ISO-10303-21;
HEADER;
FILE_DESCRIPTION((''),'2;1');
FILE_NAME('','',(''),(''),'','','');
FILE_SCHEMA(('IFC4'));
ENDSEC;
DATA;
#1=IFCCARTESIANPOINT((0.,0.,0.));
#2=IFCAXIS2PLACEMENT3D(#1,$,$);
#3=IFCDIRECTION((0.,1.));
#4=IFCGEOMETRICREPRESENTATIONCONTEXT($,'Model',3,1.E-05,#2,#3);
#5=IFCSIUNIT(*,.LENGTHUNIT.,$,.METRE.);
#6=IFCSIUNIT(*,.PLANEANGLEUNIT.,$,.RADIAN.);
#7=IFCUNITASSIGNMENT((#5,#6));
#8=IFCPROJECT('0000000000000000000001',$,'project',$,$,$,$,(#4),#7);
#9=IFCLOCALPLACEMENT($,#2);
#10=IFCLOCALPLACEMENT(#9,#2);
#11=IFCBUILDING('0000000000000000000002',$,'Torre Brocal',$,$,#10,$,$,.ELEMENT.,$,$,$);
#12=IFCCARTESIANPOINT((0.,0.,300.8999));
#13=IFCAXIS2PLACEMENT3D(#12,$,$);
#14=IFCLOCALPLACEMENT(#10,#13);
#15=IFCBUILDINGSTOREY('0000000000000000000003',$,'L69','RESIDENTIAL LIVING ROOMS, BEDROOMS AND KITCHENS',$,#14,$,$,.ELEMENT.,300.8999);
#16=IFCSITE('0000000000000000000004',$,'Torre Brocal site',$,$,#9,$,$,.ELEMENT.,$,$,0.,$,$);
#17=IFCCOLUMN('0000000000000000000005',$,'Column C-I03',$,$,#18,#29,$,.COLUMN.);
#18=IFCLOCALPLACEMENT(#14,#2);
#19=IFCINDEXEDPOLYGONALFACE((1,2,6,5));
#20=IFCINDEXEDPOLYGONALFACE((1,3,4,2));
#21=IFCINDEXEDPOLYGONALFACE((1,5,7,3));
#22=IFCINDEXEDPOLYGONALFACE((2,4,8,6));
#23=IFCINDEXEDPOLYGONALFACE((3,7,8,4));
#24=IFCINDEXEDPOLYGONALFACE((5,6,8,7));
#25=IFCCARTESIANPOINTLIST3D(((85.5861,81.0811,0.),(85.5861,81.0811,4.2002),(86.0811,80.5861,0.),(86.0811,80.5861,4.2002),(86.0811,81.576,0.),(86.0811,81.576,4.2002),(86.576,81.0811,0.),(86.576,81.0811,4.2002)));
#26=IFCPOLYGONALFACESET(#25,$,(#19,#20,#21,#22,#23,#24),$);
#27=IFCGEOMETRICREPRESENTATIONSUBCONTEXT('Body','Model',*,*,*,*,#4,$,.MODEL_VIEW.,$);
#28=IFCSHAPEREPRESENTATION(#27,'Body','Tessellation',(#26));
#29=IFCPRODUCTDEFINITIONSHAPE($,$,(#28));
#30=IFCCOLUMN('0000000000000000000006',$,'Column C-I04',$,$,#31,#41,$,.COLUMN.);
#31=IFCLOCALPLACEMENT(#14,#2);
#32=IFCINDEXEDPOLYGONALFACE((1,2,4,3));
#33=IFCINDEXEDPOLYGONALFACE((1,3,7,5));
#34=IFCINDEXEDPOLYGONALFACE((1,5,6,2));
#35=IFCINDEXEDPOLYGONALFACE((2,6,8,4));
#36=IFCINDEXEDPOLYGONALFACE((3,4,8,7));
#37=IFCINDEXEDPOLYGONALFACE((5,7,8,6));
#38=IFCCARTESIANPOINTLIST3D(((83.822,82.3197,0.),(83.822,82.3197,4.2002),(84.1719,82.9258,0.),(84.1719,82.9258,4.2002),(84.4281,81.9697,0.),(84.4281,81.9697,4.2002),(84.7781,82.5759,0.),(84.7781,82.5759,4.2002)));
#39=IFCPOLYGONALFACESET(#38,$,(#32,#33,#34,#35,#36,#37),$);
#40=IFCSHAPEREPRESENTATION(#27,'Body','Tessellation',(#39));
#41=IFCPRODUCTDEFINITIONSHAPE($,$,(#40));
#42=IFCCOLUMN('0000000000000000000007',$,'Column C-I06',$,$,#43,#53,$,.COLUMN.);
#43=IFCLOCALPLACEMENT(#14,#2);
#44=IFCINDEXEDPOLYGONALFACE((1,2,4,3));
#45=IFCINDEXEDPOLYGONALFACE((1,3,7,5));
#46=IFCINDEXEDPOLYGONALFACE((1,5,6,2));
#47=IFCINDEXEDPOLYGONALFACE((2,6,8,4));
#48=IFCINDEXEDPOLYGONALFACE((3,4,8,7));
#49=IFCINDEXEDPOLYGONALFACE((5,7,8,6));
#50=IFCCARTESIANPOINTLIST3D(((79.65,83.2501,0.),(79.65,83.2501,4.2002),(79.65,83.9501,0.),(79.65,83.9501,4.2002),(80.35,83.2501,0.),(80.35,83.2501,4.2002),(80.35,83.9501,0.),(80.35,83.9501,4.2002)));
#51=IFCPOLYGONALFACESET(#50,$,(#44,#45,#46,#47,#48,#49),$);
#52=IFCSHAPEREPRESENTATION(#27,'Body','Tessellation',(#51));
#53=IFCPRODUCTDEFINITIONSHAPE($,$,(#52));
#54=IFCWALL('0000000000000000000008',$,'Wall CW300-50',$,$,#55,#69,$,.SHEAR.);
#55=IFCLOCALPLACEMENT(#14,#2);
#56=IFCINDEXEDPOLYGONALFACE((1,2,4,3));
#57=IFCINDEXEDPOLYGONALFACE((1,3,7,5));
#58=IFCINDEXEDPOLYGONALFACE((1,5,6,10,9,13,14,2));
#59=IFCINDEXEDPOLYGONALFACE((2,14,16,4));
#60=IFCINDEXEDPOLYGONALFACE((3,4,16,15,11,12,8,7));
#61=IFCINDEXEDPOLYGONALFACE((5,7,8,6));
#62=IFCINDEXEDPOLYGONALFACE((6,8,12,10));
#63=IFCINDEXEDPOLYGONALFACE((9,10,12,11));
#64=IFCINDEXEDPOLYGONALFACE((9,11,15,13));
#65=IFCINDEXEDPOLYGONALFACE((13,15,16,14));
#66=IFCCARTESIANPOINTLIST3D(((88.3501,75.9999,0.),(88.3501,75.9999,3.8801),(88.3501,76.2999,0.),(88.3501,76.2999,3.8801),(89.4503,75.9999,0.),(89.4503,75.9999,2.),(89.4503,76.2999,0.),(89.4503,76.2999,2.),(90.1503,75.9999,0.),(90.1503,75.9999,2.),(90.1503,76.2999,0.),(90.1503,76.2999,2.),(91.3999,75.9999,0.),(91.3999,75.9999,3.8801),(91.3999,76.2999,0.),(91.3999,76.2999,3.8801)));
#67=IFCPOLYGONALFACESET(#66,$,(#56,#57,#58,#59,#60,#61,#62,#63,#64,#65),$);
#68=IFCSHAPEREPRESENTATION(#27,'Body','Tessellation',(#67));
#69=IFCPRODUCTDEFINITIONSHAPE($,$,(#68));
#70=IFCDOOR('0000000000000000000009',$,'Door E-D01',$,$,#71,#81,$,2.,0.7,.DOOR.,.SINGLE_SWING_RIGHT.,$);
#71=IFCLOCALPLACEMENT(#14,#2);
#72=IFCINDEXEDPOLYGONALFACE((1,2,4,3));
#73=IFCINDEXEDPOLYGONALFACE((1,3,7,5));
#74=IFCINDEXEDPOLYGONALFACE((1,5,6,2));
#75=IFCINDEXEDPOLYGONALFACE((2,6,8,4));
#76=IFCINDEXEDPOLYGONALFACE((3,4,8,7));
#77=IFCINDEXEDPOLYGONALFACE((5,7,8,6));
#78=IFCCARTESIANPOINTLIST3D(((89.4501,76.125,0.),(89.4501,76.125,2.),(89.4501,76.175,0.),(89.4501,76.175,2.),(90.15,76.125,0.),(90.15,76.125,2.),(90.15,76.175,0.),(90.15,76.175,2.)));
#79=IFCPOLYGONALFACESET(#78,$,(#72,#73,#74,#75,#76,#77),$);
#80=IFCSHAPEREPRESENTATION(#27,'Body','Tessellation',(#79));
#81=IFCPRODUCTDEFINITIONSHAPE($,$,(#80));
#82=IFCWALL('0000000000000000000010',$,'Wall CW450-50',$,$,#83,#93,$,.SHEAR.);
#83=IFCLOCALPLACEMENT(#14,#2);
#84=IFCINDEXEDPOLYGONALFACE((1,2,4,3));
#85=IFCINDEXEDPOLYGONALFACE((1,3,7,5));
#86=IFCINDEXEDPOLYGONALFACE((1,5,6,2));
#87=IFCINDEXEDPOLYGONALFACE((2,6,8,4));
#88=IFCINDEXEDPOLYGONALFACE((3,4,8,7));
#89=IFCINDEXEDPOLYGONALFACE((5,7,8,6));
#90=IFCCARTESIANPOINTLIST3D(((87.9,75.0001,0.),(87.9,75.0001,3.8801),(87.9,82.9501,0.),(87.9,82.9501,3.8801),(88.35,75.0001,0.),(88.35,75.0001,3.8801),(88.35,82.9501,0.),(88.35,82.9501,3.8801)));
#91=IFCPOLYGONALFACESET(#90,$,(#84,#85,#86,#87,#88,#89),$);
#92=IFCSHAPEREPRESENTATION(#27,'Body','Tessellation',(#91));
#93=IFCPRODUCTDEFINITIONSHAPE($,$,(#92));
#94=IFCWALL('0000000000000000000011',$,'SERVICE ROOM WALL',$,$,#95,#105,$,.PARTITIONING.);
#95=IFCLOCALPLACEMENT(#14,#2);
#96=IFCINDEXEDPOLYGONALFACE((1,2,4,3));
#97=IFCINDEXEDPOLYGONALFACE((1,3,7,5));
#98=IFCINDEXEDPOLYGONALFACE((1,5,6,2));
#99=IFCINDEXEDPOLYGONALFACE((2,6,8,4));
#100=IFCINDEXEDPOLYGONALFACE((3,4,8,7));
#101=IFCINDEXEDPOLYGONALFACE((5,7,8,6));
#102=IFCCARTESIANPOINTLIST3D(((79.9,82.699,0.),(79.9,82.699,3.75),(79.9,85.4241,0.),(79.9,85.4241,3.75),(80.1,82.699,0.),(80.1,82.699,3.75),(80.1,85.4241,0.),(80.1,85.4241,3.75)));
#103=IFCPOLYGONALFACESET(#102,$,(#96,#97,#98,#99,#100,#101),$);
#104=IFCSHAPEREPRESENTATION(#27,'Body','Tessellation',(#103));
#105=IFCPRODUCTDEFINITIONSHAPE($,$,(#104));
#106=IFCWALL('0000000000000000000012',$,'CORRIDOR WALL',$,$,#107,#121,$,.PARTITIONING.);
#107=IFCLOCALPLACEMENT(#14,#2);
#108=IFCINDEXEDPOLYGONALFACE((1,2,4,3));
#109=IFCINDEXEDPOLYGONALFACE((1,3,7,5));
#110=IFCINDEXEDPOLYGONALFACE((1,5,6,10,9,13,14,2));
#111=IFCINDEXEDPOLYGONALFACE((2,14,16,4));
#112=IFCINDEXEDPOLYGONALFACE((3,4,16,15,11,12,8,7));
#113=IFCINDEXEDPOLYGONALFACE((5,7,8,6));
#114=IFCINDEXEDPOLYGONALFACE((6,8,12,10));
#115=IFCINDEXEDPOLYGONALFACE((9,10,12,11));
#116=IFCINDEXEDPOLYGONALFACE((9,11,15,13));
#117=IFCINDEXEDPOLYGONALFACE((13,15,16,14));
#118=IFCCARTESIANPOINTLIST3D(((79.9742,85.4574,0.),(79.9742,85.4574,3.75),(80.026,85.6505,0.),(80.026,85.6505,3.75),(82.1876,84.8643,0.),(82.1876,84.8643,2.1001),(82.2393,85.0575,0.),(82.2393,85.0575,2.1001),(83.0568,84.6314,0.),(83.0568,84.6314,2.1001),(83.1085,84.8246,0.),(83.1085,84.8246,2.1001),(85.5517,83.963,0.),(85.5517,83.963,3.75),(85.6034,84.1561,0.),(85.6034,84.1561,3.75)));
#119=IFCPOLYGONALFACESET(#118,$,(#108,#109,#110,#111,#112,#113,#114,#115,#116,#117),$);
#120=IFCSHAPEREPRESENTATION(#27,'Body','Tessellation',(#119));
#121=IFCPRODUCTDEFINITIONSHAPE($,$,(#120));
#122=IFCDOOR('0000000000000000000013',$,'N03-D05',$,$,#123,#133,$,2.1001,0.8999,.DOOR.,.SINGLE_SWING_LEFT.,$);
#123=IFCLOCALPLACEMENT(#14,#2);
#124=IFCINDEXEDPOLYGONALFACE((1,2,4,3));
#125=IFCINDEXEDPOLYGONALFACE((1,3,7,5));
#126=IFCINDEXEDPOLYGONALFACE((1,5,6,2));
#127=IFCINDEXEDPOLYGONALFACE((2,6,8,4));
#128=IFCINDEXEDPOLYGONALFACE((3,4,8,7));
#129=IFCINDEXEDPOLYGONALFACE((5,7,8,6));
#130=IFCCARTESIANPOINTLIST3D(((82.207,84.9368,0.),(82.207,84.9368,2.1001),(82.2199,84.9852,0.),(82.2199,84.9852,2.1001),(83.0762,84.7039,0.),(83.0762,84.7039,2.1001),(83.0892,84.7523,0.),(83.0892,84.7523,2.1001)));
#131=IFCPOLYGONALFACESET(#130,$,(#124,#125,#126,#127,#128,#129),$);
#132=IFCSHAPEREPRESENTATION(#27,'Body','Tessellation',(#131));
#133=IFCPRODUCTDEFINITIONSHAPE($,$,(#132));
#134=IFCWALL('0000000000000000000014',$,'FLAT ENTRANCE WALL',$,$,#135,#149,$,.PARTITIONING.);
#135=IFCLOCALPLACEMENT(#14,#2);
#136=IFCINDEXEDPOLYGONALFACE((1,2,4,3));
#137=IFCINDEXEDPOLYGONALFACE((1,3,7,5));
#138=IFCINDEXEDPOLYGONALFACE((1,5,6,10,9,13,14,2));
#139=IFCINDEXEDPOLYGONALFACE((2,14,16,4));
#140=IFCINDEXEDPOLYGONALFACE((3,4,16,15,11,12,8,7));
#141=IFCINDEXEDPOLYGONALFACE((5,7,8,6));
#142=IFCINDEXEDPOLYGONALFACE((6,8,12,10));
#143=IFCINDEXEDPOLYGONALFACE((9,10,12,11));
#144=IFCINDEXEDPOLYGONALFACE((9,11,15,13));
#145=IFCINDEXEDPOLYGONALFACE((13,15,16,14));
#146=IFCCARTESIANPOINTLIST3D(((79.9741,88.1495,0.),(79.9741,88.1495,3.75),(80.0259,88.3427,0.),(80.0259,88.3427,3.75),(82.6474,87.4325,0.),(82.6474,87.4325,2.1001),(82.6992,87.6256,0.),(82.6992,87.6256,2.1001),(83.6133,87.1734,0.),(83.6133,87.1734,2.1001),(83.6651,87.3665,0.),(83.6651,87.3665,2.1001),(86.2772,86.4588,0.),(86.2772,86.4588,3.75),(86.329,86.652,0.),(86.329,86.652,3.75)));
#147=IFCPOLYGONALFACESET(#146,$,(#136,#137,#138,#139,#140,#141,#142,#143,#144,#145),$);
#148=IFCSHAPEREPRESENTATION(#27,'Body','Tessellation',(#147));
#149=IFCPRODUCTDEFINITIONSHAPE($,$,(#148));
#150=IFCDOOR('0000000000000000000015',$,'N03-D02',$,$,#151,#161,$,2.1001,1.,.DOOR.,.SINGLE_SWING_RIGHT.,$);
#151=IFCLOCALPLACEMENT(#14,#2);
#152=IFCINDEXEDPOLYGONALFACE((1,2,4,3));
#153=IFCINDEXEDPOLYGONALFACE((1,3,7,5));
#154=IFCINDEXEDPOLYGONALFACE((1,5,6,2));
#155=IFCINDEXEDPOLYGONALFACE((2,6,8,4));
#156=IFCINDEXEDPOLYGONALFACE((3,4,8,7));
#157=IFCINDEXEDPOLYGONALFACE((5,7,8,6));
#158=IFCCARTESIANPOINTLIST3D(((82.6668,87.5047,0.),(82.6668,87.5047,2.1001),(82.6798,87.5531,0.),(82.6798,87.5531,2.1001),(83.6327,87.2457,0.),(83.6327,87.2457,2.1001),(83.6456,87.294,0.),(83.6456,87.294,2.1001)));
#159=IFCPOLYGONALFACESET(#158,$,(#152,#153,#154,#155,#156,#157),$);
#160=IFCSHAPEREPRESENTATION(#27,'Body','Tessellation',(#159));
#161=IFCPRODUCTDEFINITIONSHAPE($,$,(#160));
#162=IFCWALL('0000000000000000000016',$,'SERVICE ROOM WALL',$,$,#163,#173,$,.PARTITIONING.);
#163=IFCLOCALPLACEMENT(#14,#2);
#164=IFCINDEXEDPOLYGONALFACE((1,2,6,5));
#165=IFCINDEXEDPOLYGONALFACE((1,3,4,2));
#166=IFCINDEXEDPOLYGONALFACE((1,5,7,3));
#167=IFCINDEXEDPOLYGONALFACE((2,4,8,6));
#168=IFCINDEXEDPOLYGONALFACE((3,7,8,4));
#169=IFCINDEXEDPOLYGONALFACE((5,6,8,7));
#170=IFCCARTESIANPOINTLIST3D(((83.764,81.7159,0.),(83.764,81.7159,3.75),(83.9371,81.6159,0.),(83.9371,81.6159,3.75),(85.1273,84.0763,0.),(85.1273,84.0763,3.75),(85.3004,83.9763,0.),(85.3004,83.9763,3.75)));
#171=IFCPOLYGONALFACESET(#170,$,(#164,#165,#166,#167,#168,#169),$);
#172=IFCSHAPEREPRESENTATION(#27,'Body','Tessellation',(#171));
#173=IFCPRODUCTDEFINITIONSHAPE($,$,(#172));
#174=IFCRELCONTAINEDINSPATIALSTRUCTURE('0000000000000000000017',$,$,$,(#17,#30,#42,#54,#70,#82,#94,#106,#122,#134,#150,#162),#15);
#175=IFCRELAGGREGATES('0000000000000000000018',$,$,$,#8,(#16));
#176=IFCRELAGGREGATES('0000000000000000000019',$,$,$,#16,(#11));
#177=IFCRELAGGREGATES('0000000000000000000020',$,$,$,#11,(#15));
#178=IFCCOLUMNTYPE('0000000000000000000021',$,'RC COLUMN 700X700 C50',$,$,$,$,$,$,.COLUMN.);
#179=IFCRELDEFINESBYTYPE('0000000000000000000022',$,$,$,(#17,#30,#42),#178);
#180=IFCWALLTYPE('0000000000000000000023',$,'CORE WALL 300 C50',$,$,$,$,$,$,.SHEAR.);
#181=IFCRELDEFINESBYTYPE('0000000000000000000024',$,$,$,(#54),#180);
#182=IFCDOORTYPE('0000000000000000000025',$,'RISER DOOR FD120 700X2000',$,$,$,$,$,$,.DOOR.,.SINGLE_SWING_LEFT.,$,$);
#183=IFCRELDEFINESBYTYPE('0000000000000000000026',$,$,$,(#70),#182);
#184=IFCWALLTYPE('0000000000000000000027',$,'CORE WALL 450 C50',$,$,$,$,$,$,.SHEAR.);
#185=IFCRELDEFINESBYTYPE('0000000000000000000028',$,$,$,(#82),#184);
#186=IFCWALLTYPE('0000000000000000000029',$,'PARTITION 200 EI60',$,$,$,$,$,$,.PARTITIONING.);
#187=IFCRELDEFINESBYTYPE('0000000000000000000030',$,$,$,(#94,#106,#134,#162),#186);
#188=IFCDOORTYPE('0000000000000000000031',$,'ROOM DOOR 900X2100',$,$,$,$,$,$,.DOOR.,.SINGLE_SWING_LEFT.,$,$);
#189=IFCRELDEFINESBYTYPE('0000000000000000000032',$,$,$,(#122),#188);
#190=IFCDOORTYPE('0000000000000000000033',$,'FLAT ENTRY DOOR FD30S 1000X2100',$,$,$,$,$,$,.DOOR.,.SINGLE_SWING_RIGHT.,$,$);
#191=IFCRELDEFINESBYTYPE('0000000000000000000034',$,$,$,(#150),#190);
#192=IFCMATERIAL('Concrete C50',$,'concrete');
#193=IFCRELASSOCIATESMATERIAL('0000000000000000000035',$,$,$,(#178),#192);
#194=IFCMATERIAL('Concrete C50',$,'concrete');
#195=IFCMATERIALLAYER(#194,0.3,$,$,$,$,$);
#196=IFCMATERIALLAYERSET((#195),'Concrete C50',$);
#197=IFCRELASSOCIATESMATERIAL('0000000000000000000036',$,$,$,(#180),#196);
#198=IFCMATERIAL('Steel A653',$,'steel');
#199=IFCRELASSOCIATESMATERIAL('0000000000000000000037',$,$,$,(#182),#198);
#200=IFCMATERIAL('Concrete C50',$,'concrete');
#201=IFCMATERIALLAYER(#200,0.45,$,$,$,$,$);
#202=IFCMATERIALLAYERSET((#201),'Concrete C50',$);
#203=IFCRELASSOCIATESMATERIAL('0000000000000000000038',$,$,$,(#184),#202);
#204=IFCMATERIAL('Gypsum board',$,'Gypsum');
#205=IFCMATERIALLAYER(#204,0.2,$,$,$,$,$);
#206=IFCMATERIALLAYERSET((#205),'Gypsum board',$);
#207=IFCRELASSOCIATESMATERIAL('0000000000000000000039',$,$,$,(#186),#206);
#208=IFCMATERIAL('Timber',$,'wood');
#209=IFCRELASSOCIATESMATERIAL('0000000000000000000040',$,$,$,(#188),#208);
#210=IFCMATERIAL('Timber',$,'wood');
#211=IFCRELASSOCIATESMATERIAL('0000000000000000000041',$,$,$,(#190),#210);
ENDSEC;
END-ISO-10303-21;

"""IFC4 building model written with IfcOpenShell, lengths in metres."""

from ifc_helpers import new_model, si_unit, direction, frame, frame_2d, origin, origin_2d, place, context, subcontext, project, spatial, rectangle, extrude, material, layer, layer_set, material_profile, profile_set, type_object, element, fill, save


model = new_model("IFC4")

# Units and contexts
model_context = context("Model", 3, precision=1e-05, world=origin(), true_north=direction((0.0, 1.0)))
body_context = subcontext(model_context, "Body", "Model", "MODEL_VIEW")
ifc_project = project(units=[si_unit("LENGTHUNIT", "METRE"), si_unit("PLANEANGLEUNIT", "RADIAN")], contexts=[model_context])

# Site, building, storey
site_placement = place(None, origin())
site = spatial("IfcSite", under=ifc_project, at=site_placement, Name="Torre Brocal site", CompositionType="ELEMENT", RefElevation=0.0)
building_placement = place(site_placement, origin())
building = spatial("IfcBuilding", under=site, at=building_placement, Name="Torre Brocal", CompositionType="ELEMENT")
storey_placement = place(building_placement, frame((0.0, 0.0, 300.8999)))
storey = spatial("IfcBuildingStorey", under=building, at=storey_placement, Name="L69", Description="RESIDENTIAL LIVING ROOMS, BEDROOMS AND KITCHENS", CompositionType="ELEMENT", Elevation=300.8999)

# Columns
ifc_material_1 = material(Name="Concrete C50", Category="concrete")
ifc_material_profile = material_profile(ifc_material_1, rectangle(XDim=0.7, YDim=0.7, at=origin_2d()), Name="RC 700X700")
ifc_profile_set = profile_set([ifc_material_profile], Name="Concrete C50")
column_type = type_object("IfcColumnType", Name="RC COLUMN 700X700 C50", PredefinedType="COLUMN", material=ifc_profile_set)
for number, where, z_axis, x_axis, name in (
    (1, (86.0811, 81.0811, 0.0), (0.0, 0.0, 1.0), (0.707107, 0.707107, 0.0), "Column C-I03"),
    (2, (84.3, 82.4478, 0.0), (0.0, 0.0, 1.0), (0.5, 0.866025, 0.0), "Column C-I04"),
    (3, (80.0, 83.6001, 0.0), (0.0, 0.0, 1.0), (0.0, 1.0, 0.0), "Column C-I06"),
):
    element("IfcColumn", number, at=place(storey_placement, frame(where, z_axis=z_axis, x_axis=x_axis)), inside=storey, type_object=column_type, Name=name, PredefinedType="COLUMN", context=body_context, shape_type="SweptSolid", body=[
        extrude(rectangle(XDim=0.7, YDim=0.7, at=origin_2d()), origin(), (0.0, 0.0, 1.0), 4.2002),
    ])

# Wall, opening, door
ifc_material_2 = material(Name="Concrete C50", Category="concrete")
ifc_layer_1 = layer(ifc_material_2, 0.3)
ifc_layer_set_1 = layer_set([ifc_layer_1], Name="Concrete C50")
wall_type_1 = type_object("IfcWallType", Name="CORE WALL 300 C50", PredefinedType="SHEAR", material=ifc_layer_set_1)
wall_1_placement = place(storey_placement, frame((88.3501, 76.1499, 0.0), z_axis=(0.0, 0.0, 1.0), x_axis=(1.0, 0.0, 0.0)))
wall_1 = element("IfcWall", 4, at=wall_1_placement, inside=storey, type_object=wall_type_1, Name="Wall CW300-50", PredefinedType="SHEAR", context=body_context, shape_type="SweptSolid", body=[
    extrude(rectangle(XDim=3.0498, YDim=0.3, at=frame_2d((1.5249, 0.0))), origin(), (0.0, 0.0, 1.0), 3.8801),
])
opening_1_placement = place(wall_1_placement, frame((1.1001, 0.0, 0.0)))
opening_1 = element("IfcOpeningElement", 5, at=opening_1_placement, cuts=wall_1, PredefinedType="OPENING", context=body_context, shape_type="SweptSolid", body=[
    extrude(rectangle(XDim=0.7, YDim=2.0, at=frame_2d((0.3501, 1.0))), frame((0.0, 0.1599, 0.0), z_axis=(0.0, -1.0, 0.0), x_axis=(1.0, 0.0, 0.0)), (0.0, 0.0, 1.0), 0.3201),
])
ifc_material_3 = material(Name="Steel A653", Category="steel")
door_type_1 = type_object("IfcDoorType", Name="RISER DOOR FD120 700X2000", OperationType="SINGLE_SWING_LEFT", PredefinedType="DOOR", material=ifc_material_3)
door_1_placement = place(opening_1_placement, frame((0.7, 0.0, 0.0), z_axis=(0.0, 0.0, 1.0), x_axis=(-1.0, 0.0, 0.0)))
door_1 = element("IfcDoor", 6, at=door_1_placement, inside=storey, type_object=door_type_1, Name="Door E-D01", OperationType="SINGLE_SWING_RIGHT", OverallHeight=2.0, OverallWidth=0.7, PredefinedType="DOOR", context=body_context, shape_type="SweptSolid", body=[
    extrude(rectangle(XDim=0.7, YDim=2.0, at=frame_2d((0.3501, 1.0))), frame((0.0, 0.0249, 0.0), z_axis=(0.0, -1.0, 0.0), x_axis=(1.0, 0.0, 0.0)), (0.0, 0.0, 1.0), 0.05),
])
fill(opening_1, door_1)
ifc_material_4 = material(Name="Concrete C50", Category="concrete")
ifc_layer_2 = layer(ifc_material_4, 0.45)
ifc_layer_set_2 = layer_set([ifc_layer_2], Name="Concrete C50")
wall_type_2 = type_object("IfcWallType", Name="CORE WALL 450 C50", PredefinedType="SHEAR", material=ifc_layer_set_2)

# Walls
wall_2_placement = place(storey_placement, frame((88.125, 75.0, 0.0), z_axis=(0.0, 0.0, 1.0), x_axis=(0.0, 1.0, 0.0)))
element("IfcWall", 7, at=wall_2_placement, inside=storey, type_object=wall_type_2, Name="Wall CW450-50", PredefinedType="SHEAR", context=body_context, shape_type="SweptSolid", body=[
    extrude(rectangle(XDim=7.95, YDim=0.45, at=frame_2d((3.9751, 0.0))), origin(), (0.0, 0.0, 1.0), 3.8801),
])
ifc_material_5 = material(Name="Gypsum board", Category="Gypsum")
ifc_layer_3 = layer(ifc_material_5, 0.2)
ifc_layer_set_3 = layer_set([ifc_layer_3], Name="Gypsum board")
wall_type_3 = type_object("IfcWallType", Name="PARTITION 200 EI60", PredefinedType="PARTITIONING", material=ifc_layer_set_3)
wall_3_placement = place(storey_placement, frame((80.0, 82.699, 0.0), z_axis=(0.0, 0.0, 1.0), x_axis=(0.0, 1.0, 0.0)))
element("IfcWall", 8, at=wall_3_placement, inside=storey, type_object=wall_type_3, Name="SERVICE ROOM WALL", PredefinedType="PARTITIONING", context=body_context, shape_type="SweptSolid", body=[
    extrude(rectangle(XDim=2.7251, YDim=0.2, at=frame_2d((1.3625, 0.0))), origin(), (0.0, 0.0, 1.0), 3.75),
])

# Walls, openings, doors
wall_4_placement = place(storey_placement, frame((80.0, 85.554, 0.0), z_axis=(0.0, 0.0, 1.0), x_axis=(0.965929, -0.258807, 0.0)))
wall_4 = element("IfcWall", 9, at=wall_4_placement, inside=storey, type_object=wall_type_3, Name="CORRIDOR WALL", PredefinedType="PARTITIONING", context=body_context, shape_type="SweptSolid", body=[
    extrude(rectangle(XDim=5.7742, YDim=0.2, at=frame_2d((2.8872, 0.0))), origin(), (0.0, 0.0, 1.0), 3.75),
])
opening_2_placement = place(wall_4_placement, frame((2.2915, 0.0, 0.0)))
opening_2 = element("IfcOpeningElement", 10, at=opening_2_placement, cuts=wall_4, PredefinedType="OPENING", context=body_context, shape_type="SweptSolid", body=[
    extrude(rectangle(XDim=0.8999, YDim=2.1001, at=frame_2d((0.45, 1.05))), frame((0.0, 0.1099, 0.0), z_axis=(0.0, -1.0, 0.0), x_axis=(1.0, 0.0, 0.0)), (0.0, 0.0, 1.0), 0.22),
])
ifc_material_6 = material(Name="Timber", Category="wood")
door_type_2 = type_object("IfcDoorType", Name="ROOM DOOR 900X2100", OperationType="SINGLE_SWING_LEFT", PredefinedType="DOOR", material=ifc_material_6)
door_2_placement = place(opening_2_placement, frame((0.8999, 0.0, 0.0), z_axis=(0.0, 0.0, 1.0), x_axis=(-1.0, 0.0, 0.0)))
door_2 = element("IfcDoor", 11, at=door_2_placement, inside=storey, type_object=door_type_2, Name="N03-D05", OperationType="SINGLE_SWING_LEFT", OverallHeight=2.1001, OverallWidth=0.8999, PredefinedType="DOOR", context=body_context, shape_type="SweptSolid", body=[
    extrude(rectangle(XDim=0.8999, YDim=2.1001, at=frame_2d((0.45, 1.05))), frame((0.0, 0.0249, 0.0), z_axis=(0.0, -1.0, 0.0), x_axis=(1.0, 0.0, 0.0)), (0.0, 0.0, 1.0), 0.05),
])
fill(opening_2, door_2)
wall_5_placement = place(storey_placement, frame((80.0, 88.2461, 0.0), z_axis=(0.0, 0.0, 1.0), x_axis=(0.965857, -0.259076, 0.0)))
wall_5 = element("IfcWall", 12, at=wall_5_placement, inside=storey, type_object=wall_type_3, Name="FLAT ENTRANCE WALL", PredefinedType="PARTITIONING", context=body_context, shape_type="SweptSolid", body=[
    extrude(rectangle(XDim=6.5259, YDim=0.2, at=frame_2d((3.2629, 0.0))), origin(), (0.0, 0.0, 1.0), 3.75),
])
opening_3_placement = place(wall_5_placement, frame((2.7678, 0.0, 0.0)))
opening_3 = element("IfcOpeningElement", 13, at=opening_3_placement, cuts=wall_5, PredefinedType="OPENING", context=body_context, shape_type="SweptSolid", body=[
    extrude(rectangle(XDim=1.0, YDim=2.1001, at=frame_2d((0.5, 1.05))), frame((0.0, 0.1099, 0.0), z_axis=(0.0, -1.0, 0.0), x_axis=(1.0, 0.0, 0.0)), (0.0, 0.0, 1.0), 0.22),
])
ifc_material_7 = material(Name="Timber", Category="wood")
door_type_3 = type_object("IfcDoorType", Name="FLAT ENTRY DOOR FD30S 1000X2100", OperationType="SINGLE_SWING_RIGHT", PredefinedType="DOOR", material=ifc_material_7)
door_3_placement = place(opening_3_placement, origin())
door_3 = element("IfcDoor", 14, at=door_3_placement, inside=storey, type_object=door_type_3, Name="N03-D02", OperationType="SINGLE_SWING_RIGHT", OverallHeight=2.1001, OverallWidth=1.0, PredefinedType="DOOR", context=body_context, shape_type="SweptSolid", body=[
    extrude(rectangle(XDim=1.0, YDim=2.1001, at=frame_2d((0.5, 1.05))), frame((0.0, 0.0249, 0.0), z_axis=(0.0, -1.0, 0.0), x_axis=(1.0, 0.0, 0.0)), (0.0, 0.0, 1.0), 0.05),
])
fill(opening_3, door_3)

# Wall
wall_6_placement = place(storey_placement, frame((83.8506, 81.666, 0.0), z_axis=(0.0, 0.0, 1.0), x_axis=(0.500146, 0.865941, 0.0)))
element("IfcWall", 15, at=wall_6_placement, inside=storey, type_object=wall_type_3, Name="SERVICE ROOM WALL", PredefinedType="PARTITIONING", context=body_context, shape_type="SweptSolid", body=[
    extrude(rectangle(XDim=2.7258, YDim=0.2, at=frame_2d((1.3628, 0.0))), origin(), (0.0, 0.0, 1.0), 3.75),
])

save(model, "model.ifc")
